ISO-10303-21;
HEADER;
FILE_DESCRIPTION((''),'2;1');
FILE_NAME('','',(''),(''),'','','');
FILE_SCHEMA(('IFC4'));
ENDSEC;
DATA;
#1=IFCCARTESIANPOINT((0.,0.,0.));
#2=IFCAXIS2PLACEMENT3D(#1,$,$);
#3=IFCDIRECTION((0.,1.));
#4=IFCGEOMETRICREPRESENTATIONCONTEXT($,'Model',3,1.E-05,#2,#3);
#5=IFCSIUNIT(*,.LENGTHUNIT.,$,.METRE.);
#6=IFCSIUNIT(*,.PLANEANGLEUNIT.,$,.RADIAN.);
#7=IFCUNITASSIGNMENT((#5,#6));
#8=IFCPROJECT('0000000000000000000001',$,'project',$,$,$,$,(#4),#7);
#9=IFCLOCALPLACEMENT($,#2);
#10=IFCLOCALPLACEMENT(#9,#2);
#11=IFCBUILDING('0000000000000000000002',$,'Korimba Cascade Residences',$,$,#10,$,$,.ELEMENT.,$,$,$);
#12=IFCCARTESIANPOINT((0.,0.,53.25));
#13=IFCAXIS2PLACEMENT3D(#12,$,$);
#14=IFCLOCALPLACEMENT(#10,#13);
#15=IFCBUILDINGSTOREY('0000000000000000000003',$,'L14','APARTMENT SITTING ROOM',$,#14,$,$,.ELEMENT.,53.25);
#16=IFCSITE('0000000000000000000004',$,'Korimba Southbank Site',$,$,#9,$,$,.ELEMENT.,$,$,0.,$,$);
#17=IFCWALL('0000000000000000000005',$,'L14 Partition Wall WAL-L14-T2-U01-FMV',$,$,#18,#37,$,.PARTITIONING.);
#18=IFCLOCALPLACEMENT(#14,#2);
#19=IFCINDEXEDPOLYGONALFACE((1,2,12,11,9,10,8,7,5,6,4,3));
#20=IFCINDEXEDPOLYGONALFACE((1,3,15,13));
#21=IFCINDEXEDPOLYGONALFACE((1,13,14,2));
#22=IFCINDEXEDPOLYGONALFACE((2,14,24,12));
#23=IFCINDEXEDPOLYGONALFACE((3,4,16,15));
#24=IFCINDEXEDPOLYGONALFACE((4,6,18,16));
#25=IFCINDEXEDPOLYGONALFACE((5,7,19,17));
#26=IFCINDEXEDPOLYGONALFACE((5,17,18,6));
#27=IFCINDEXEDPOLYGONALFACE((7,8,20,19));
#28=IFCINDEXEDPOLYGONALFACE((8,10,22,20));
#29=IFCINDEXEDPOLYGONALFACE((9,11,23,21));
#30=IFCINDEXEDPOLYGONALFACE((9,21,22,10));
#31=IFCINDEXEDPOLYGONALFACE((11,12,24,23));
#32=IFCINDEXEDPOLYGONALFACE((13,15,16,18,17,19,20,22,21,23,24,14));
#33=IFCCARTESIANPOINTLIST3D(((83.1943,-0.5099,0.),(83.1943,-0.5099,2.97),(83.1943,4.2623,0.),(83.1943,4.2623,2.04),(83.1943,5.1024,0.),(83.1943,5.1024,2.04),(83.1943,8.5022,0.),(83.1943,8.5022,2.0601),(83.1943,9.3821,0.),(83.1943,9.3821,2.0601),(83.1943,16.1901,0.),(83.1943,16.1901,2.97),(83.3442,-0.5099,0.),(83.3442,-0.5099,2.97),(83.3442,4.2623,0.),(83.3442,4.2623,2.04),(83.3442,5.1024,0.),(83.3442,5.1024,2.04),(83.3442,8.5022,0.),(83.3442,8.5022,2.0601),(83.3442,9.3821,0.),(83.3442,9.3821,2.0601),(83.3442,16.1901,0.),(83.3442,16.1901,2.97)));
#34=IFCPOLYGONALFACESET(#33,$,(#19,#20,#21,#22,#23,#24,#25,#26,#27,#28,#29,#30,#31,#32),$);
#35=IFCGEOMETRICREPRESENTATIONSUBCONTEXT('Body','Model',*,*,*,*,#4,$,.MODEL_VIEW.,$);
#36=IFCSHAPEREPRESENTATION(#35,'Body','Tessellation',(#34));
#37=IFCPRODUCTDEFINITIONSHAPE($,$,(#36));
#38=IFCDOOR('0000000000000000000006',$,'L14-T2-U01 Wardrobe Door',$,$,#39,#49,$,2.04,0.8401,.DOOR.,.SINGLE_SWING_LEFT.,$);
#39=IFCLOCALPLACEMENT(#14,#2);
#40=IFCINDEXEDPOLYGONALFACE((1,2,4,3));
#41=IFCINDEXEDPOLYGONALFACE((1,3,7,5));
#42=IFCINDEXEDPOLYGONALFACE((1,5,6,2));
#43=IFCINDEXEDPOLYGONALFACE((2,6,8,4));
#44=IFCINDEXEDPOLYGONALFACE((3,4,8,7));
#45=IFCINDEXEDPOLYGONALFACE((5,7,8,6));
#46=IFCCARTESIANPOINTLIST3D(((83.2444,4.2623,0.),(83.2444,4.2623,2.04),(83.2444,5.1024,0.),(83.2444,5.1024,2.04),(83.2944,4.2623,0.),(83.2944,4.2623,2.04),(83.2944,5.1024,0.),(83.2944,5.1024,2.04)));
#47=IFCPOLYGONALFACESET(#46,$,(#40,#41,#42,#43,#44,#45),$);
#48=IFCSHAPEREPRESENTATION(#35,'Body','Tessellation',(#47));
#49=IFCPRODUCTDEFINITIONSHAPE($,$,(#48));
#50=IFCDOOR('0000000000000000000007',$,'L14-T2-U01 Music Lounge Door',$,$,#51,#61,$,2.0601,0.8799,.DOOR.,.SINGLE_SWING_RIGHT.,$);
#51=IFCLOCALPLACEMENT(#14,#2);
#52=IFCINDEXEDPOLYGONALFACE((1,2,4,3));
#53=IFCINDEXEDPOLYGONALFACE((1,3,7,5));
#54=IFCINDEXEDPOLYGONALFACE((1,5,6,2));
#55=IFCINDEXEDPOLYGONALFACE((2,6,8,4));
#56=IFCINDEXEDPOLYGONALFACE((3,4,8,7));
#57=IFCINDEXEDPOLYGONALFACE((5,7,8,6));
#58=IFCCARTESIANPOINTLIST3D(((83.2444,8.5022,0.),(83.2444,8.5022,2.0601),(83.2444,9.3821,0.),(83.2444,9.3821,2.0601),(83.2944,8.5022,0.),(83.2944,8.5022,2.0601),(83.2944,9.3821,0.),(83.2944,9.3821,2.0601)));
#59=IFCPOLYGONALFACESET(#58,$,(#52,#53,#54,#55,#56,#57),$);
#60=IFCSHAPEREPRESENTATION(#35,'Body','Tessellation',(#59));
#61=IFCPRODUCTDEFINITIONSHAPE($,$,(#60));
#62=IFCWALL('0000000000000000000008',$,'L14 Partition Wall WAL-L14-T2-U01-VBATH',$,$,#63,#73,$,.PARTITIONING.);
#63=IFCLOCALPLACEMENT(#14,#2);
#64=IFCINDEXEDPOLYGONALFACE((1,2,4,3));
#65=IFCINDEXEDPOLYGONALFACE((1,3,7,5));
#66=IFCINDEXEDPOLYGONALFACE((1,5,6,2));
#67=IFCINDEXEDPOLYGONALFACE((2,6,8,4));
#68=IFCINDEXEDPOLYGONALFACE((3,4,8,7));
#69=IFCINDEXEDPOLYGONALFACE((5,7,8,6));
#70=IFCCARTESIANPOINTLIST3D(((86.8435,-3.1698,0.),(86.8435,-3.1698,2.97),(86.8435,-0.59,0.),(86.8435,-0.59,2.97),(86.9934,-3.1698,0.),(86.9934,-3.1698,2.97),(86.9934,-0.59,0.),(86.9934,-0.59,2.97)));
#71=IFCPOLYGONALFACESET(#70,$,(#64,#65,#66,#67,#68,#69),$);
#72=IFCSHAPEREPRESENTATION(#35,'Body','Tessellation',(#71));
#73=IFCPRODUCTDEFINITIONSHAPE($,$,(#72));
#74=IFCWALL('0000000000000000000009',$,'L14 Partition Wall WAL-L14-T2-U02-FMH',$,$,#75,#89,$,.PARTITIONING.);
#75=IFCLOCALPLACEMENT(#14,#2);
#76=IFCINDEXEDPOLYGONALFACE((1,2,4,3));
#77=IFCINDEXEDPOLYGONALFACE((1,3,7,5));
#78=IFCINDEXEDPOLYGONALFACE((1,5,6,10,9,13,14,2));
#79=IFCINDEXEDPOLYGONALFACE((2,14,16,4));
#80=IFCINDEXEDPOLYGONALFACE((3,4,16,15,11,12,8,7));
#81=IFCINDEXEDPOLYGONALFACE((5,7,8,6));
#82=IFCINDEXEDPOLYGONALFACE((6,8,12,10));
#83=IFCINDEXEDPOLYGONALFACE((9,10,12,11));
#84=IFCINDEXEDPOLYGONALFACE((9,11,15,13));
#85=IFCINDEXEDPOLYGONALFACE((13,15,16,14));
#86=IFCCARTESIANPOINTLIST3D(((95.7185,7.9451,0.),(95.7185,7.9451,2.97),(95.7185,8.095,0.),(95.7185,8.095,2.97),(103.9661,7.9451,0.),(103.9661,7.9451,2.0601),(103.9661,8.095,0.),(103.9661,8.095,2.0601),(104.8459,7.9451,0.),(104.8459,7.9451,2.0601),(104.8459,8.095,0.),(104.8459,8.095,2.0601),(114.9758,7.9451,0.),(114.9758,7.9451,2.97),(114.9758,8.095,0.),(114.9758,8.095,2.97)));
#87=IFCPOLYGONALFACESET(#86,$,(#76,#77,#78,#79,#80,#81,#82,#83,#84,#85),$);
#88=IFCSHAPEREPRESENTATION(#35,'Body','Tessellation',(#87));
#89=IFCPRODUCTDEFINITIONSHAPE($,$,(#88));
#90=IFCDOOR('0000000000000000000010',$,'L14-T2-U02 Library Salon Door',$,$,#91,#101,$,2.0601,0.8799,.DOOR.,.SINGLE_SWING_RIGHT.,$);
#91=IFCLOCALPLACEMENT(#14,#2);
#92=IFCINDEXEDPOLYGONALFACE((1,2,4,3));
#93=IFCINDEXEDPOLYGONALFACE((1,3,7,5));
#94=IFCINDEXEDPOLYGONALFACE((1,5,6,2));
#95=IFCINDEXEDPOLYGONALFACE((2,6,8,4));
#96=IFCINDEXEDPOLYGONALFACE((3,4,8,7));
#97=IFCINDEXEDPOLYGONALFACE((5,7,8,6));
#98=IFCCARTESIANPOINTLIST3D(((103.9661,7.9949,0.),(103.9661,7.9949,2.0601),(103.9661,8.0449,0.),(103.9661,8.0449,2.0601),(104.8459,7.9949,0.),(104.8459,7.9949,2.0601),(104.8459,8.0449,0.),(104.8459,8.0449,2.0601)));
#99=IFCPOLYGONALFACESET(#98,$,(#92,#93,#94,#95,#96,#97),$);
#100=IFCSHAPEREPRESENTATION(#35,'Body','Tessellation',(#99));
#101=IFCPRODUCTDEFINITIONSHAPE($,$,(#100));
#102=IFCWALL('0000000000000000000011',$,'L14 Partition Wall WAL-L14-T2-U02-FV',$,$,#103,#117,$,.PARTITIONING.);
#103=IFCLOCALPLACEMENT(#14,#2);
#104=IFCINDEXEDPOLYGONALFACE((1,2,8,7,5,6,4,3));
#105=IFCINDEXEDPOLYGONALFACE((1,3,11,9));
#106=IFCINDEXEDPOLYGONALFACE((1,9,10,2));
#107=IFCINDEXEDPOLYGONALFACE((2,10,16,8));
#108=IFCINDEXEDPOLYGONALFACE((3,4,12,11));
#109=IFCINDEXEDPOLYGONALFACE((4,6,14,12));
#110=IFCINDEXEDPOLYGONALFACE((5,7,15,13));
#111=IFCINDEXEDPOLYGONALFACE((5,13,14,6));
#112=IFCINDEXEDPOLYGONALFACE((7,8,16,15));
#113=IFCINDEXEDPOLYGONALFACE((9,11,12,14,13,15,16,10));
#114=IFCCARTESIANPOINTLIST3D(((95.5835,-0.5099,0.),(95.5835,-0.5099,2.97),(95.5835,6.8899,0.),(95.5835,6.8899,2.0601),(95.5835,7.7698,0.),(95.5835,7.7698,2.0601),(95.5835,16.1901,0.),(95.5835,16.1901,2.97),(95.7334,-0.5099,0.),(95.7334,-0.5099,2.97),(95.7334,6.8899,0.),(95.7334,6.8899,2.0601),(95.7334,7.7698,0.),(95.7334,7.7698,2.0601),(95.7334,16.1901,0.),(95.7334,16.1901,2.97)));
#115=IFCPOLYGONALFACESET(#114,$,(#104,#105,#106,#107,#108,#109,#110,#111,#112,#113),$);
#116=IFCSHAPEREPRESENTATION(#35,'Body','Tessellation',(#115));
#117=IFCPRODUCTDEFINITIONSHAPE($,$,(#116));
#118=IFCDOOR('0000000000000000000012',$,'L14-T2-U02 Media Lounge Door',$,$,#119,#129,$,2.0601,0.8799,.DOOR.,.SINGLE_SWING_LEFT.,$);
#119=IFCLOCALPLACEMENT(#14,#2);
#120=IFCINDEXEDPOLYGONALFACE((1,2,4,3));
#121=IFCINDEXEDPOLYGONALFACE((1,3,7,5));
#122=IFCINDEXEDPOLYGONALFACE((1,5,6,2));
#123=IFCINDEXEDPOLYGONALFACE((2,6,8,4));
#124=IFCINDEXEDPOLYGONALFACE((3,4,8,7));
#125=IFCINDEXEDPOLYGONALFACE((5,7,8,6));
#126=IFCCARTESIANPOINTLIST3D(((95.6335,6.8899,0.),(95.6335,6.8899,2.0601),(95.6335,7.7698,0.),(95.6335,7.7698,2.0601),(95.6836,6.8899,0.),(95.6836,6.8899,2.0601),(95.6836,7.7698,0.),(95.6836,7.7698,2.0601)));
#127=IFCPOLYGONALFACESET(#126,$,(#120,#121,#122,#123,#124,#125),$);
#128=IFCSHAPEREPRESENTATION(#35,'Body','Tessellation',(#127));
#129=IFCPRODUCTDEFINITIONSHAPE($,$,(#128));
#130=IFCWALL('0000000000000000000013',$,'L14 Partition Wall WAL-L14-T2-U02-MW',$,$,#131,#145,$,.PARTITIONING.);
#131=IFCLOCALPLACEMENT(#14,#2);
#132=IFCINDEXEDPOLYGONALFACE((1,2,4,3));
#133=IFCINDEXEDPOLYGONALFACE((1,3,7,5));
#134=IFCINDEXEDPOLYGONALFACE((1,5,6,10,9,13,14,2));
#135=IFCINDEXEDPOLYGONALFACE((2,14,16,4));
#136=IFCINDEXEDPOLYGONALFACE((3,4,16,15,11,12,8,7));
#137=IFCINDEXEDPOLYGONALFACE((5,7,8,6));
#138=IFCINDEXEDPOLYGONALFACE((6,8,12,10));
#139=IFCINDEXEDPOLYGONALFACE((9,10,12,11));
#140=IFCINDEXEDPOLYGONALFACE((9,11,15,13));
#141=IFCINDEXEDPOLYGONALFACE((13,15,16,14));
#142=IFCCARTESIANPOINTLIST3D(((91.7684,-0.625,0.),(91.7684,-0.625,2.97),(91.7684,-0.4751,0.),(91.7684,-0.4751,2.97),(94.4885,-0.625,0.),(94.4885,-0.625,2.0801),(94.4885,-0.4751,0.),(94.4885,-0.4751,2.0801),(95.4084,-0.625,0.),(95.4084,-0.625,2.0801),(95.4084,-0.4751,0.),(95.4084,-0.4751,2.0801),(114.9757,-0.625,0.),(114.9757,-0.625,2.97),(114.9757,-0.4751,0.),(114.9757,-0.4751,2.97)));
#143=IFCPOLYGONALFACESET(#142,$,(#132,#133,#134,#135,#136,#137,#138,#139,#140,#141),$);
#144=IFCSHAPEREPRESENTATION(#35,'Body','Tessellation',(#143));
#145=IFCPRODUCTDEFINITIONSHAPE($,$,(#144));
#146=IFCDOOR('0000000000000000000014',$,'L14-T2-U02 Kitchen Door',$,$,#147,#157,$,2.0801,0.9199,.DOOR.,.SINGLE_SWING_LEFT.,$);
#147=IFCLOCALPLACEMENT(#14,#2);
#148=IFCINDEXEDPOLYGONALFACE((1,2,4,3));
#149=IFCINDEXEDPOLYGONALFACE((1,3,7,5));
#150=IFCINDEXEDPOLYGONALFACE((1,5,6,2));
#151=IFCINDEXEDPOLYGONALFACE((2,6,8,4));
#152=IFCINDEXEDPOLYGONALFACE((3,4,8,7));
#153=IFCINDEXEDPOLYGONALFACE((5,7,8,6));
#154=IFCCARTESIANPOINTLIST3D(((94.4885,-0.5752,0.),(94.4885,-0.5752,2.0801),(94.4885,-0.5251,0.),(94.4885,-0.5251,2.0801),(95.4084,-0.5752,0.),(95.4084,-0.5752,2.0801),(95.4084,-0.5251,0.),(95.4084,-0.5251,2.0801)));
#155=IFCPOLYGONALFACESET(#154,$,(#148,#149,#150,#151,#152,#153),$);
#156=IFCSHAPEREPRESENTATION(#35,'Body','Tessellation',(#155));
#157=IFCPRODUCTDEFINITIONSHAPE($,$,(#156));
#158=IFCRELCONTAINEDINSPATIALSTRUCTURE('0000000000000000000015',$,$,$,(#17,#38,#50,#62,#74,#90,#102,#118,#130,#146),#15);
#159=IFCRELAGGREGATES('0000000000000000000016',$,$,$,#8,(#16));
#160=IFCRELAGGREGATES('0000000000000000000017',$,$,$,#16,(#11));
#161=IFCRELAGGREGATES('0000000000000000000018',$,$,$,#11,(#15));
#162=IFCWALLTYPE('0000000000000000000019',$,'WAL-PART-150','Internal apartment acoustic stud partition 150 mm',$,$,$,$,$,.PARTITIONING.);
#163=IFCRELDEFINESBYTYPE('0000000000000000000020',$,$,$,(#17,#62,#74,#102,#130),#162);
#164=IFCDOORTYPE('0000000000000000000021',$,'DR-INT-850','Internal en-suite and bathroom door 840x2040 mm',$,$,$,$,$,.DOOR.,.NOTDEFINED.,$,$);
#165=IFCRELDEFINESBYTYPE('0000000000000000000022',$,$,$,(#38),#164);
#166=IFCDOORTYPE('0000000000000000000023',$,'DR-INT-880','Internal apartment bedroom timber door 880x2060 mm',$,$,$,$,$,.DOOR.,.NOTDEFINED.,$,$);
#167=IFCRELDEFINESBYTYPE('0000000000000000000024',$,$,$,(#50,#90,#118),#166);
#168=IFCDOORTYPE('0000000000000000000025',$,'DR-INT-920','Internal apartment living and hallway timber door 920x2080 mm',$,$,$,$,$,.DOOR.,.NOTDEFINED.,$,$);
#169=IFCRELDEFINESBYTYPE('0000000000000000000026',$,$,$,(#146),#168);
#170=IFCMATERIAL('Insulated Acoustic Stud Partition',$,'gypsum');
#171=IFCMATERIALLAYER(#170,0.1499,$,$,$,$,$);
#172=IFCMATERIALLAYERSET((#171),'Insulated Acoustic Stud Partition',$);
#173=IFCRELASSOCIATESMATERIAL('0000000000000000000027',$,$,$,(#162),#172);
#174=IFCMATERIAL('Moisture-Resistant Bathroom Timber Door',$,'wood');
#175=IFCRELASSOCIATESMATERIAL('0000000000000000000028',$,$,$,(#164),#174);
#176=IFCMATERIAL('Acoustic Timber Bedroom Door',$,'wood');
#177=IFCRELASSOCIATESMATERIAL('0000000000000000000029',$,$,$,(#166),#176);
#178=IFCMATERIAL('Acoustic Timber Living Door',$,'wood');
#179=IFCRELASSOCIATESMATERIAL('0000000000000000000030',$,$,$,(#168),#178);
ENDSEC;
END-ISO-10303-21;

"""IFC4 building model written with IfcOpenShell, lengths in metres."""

from ifc_helpers import new_model, si_unit, direction, frame, frame_2d, origin, place, context, subcontext, project, spatial, rectangle, extrude, material, layer, layer_set, type_object, element, fill, save


model = new_model("IFC4")

# Units and contexts
model_context = context("Model", 3, precision=1e-05, world=origin(), true_north=direction((0.0, 1.0)))
body_context = subcontext(model_context, "Body", "Model", "MODEL_VIEW")
ifc_project = project(units=[si_unit("LENGTHUNIT", "METRE"), si_unit("PLANEANGLEUNIT", "RADIAN")], contexts=[model_context])

# Site, building, storey
site_placement = place(None, origin())
site = spatial("IfcSite", under=ifc_project, at=site_placement, Name="Korimba Southbank Site", CompositionType="ELEMENT", RefElevation=0.0)
building_placement = place(site_placement, origin())
building = spatial("IfcBuilding", under=site, at=building_placement, Name="Korimba Cascade Residences", CompositionType="ELEMENT")
storey_placement = place(building_placement, frame((0.0, 0.0, 53.25)))
storey = spatial("IfcBuildingStorey", under=building, at=storey_placement, Name="L14", Description="APARTMENT SITTING ROOM", CompositionType="ELEMENT", Elevation=53.25)

# Wall, openings, doors
ifc_material_1 = material(Name="Insulated Acoustic Stud Partition", Category="gypsum")
ifc_layer_1 = layer(ifc_material_1, 0.1499)
ifc_layer_set_1 = layer_set([ifc_layer_1], Name="Insulated Acoustic Stud Partition")
wall_type_1 = type_object("IfcWallType", Name="WAL-PART-150", Description="Internal apartment acoustic stud partition 150 mm", PredefinedType="PARTITIONING", material=ifc_layer_set_1)
wall_1_placement = place(storey_placement, frame((83.2693, -0.51, 0.0), z_axis=(0.0, 0.0, 1.0), x_axis=(0.0, 1.0, 0.0)))
wall_1 = element("IfcWall", 1, at=wall_1_placement, inside=storey, type_object=wall_type_1, Name="L14 Partition Wall WAL-L14-T2-U01-FMV", PredefinedType="PARTITIONING", context=body_context, shape_type="SweptSolid", body=[
    extrude(rectangle(XDim=16.7, YDim=0.1499, at=frame_2d((8.3501, 0.0))), origin(), (0.0, 0.0, 1.0), 2.97),
])
opening_1_placement = place(wall_1_placement, frame((4.7725, 0.0, 0.0)))
opening_1 = element("IfcOpeningElement", 2, at=opening_1_placement, cuts=wall_1, PredefinedType="OPENING", context=body_context, shape_type="SweptSolid", body=[
    extrude(rectangle(XDim=0.8401, YDim=2.04, at=frame_2d((0.4199, 1.02))), frame((0.0, 0.085, 0.0), z_axis=(0.0, -1.0, 0.0), x_axis=(1.0, 0.0, 0.0)), (0.0, 0.0, 1.0), 0.1699),
])
opening_2_placement = place(wall_1_placement, frame((9.0122, 0.0, 0.0)))
opening_2 = element("IfcOpeningElement", 3, at=opening_2_placement, cuts=wall_1, PredefinedType="OPENING", context=body_context, shape_type="SweptSolid", body=[
    extrude(rectangle(XDim=0.8799, YDim=2.0601, at=frame_2d((0.4399, 1.03))), frame((0.0, 0.085, 0.0), z_axis=(0.0, -1.0, 0.0), x_axis=(1.0, 0.0, 0.0)), (0.0, 0.0, 1.0), 0.1699),
])
ifc_material_2 = material(Name="Moisture-Resistant Bathroom Timber Door", Category="wood")
door_type_1 = type_object("IfcDoorType", Name="DR-INT-850", Description="Internal en-suite and bathroom door 840x2040 mm", OperationType="NOTDEFINED", PredefinedType="DOOR", material=ifc_material_2)
door_1_placement = place(opening_1_placement, origin())
door_1 = element("IfcDoor", 4, at=door_1_placement, inside=storey, type_object=door_type_1, Name="L14-T2-U01 Wardrobe Door", OperationType="SINGLE_SWING_LEFT", OverallHeight=2.04, OverallWidth=0.8401, PredefinedType="DOOR", context=body_context, shape_type="SweptSolid", body=[
    extrude(rectangle(XDim=0.8401, YDim=2.04, at=frame_2d((0.4199, 1.02))), frame((0.0, 0.0249, 0.0), z_axis=(0.0, -1.0, 0.0), x_axis=(1.0, 0.0, 0.0)), (0.0, 0.0, 1.0), 0.05),
])
fill(opening_1, door_1)
ifc_material_3 = material(Name="Acoustic Timber Bedroom Door", Category="wood")
door_type_2 = type_object("IfcDoorType", Name="DR-INT-880", Description="Internal apartment bedroom timber door 880x2060 mm", OperationType="NOTDEFINED", PredefinedType="DOOR", material=ifc_material_3)
door_2_placement = place(opening_2_placement, origin())
door_2 = element("IfcDoor", 5, at=door_2_placement, inside=storey, type_object=door_type_2, Name="L14-T2-U01 Music Lounge Door", OperationType="SINGLE_SWING_RIGHT", OverallHeight=2.0601, OverallWidth=0.8799, PredefinedType="DOOR", context=body_context, shape_type="SweptSolid", body=[
    extrude(rectangle(XDim=0.8799, YDim=2.0601, at=frame_2d((0.4399, 1.03))), frame((0.0, 0.0249, 0.0), z_axis=(0.0, -1.0, 0.0), x_axis=(1.0, 0.0, 0.0)), (0.0, 0.0, 1.0), 0.05),
])
fill(opening_2, door_2)

# Wall
wall_2_placement = place(storey_placement, frame((86.9185, -3.1699, 0.0), z_axis=(0.0, 0.0, 1.0), x_axis=(0.0, 1.0, 0.0)))
element("IfcWall", 6, at=wall_2_placement, inside=storey, type_object=wall_type_1, Name="L14 Partition Wall WAL-L14-T2-U01-VBATH", PredefinedType="PARTITIONING", context=body_context, shape_type="SweptSolid", body=[
    extrude(rectangle(XDim=2.5798, YDim=0.1499, at=frame_2d((1.29, 0.0))), origin(), (0.0, 0.0, 1.0), 2.97),
])

# Walls, openings, doors
wall_3_placement = place(storey_placement, frame((95.7185, 8.02, 0.0), z_axis=(0.0, 0.0, 1.0), x_axis=(1.0, 0.0, 0.0)))
wall_3 = element("IfcWall", 7, at=wall_3_placement, inside=storey, type_object=wall_type_1, Name="L14 Partition Wall WAL-L14-T2-U02-FMH", PredefinedType="PARTITIONING", context=body_context, shape_type="SweptSolid", body=[
    extrude(rectangle(XDim=19.2573, YDim=0.1499, at=frame_2d((9.6287, 0.0))), origin(), (0.0, 0.0, 1.0), 2.97),
])
opening_3_placement = place(wall_3_placement, frame((8.2476, 0.0, 0.0)))
opening_3 = element("IfcOpeningElement", 8, at=opening_3_placement, cuts=wall_3, PredefinedType="OPENING", context=body_context, shape_type="SweptSolid", body=[
    extrude(rectangle(XDim=0.8799, YDim=2.0601, at=frame_2d((0.4399, 1.03))), frame((0.0, 0.085, 0.0), z_axis=(0.0, -1.0, 0.0), x_axis=(1.0, 0.0, 0.0)), (0.0, 0.0, 1.0), 0.1699),
])
door_3_placement = place(opening_3_placement, origin())
door_3 = element("IfcDoor", 9, at=door_3_placement, inside=storey, type_object=door_type_2, Name="L14-T2-U02 Library Salon Door", OperationType="SINGLE_SWING_RIGHT", OverallHeight=2.0601, OverallWidth=0.8799, PredefinedType="DOOR", context=body_context, shape_type="SweptSolid", body=[
    extrude(rectangle(XDim=0.8799, YDim=2.0601, at=frame_2d((0.4399, 1.03))), frame((0.0, 0.0249, 0.0), z_axis=(0.0, -1.0, 0.0), x_axis=(1.0, 0.0, 0.0)), (0.0, 0.0, 1.0), 0.05),
])
fill(opening_3, door_3)
wall_4_placement = place(storey_placement, frame((95.6584, -0.51, 0.0), z_axis=(0.0, 0.0, 1.0), x_axis=(0.0, 1.0, 0.0)))
wall_4 = element("IfcWall", 10, at=wall_4_placement, inside=storey, type_object=wall_type_1, Name="L14 Partition Wall WAL-L14-T2-U02-FV", PredefinedType="PARTITIONING", context=body_context, shape_type="SweptSolid", body=[
    extrude(rectangle(XDim=16.7, YDim=0.1499, at=frame_2d((8.3501, 0.0))), origin(), (0.0, 0.0, 1.0), 2.97),
])
opening_4_placement = place(wall_4_placement, frame((7.3999, 0.0, 0.0)))
opening_4 = element("IfcOpeningElement", 11, at=opening_4_placement, cuts=wall_4, PredefinedType="OPENING", context=body_context, shape_type="SweptSolid", body=[
    extrude(rectangle(XDim=0.8799, YDim=2.0601, at=frame_2d((0.4399, 1.03))), frame((0.0, 0.085, 0.0), z_axis=(0.0, -1.0, 0.0), x_axis=(1.0, 0.0, 0.0)), (0.0, 0.0, 1.0), 0.1699),
])
door_4_placement = place(opening_4_placement, origin())
door_4 = element("IfcDoor", 12, at=door_4_placement, inside=storey, type_object=door_type_2, Name="L14-T2-U02 Media Lounge Door", OperationType="SINGLE_SWING_LEFT", OverallHeight=2.0601, OverallWidth=0.8799, PredefinedType="DOOR", context=body_context, shape_type="SweptSolid", body=[
    extrude(rectangle(XDim=0.8799, YDim=2.0601, at=frame_2d((0.4399, 1.03))), frame((0.0, 0.0249, 0.0), z_axis=(0.0, -1.0, 0.0), x_axis=(1.0, 0.0, 0.0)), (0.0, 0.0, 1.0), 0.05),
])
fill(opening_4, door_4)
wall_5_placement = place(storey_placement, frame((91.7686, -0.55, 0.0), z_axis=(0.0, 0.0, 1.0), x_axis=(1.0, 0.0, 0.0)))
wall_5 = element("IfcWall", 13, at=wall_5_placement, inside=storey, type_object=wall_type_1, Name="L14 Partition Wall WAL-L14-T2-U02-MW", PredefinedType="PARTITIONING", context=body_context, shape_type="SweptSolid", body=[
    extrude(rectangle(XDim=23.2073, YDim=0.1499, at=frame_2d((11.6035, 0.0))), origin(), (0.0, 0.0, 1.0), 2.97),
])
opening_5_placement = place(wall_5_placement, frame((2.72, 0.0, 0.0)))
opening_5 = element("IfcOpeningElement", 14, at=opening_5_placement, cuts=wall_5, PredefinedType="OPENING", context=body_context, shape_type="SweptSolid", body=[
    extrude(rectangle(XDim=0.9199, YDim=2.0801, at=frame_2d((0.46, 1.04))), frame((0.0, 0.085, 0.0), z_axis=(0.0, -1.0, 0.0), x_axis=(1.0, 0.0, 0.0)), (0.0, 0.0, 1.0), 0.1699),
])
ifc_material_4 = material(Name="Acoustic Timber Living Door", Category="wood")
door_type_3 = type_object("IfcDoorType", Name="DR-INT-920", Description="Internal apartment living and hallway timber door 920x2080 mm", OperationType="NOTDEFINED", PredefinedType="DOOR", material=ifc_material_4)
door_5_placement = place(opening_5_placement, origin())
door_5 = element("IfcDoor", 15, at=door_5_placement, inside=storey, type_object=door_type_3, Name="L14-T2-U02 Kitchen Door", OperationType="SINGLE_SWING_LEFT", OverallHeight=2.0801, OverallWidth=0.9199, PredefinedType="DOOR", context=body_context, shape_type="SweptSolid", body=[
    extrude(rectangle(XDim=0.9199, YDim=2.0801, at=frame_2d((0.46, 1.04))), frame((0.0, 0.0249, 0.0), z_axis=(0.0, -1.0, 0.0), x_axis=(1.0, 0.0, 0.0)), (0.0, 0.0, 1.0), 0.05),
])
fill(opening_5, door_5)

save(model, "model.ifc")
